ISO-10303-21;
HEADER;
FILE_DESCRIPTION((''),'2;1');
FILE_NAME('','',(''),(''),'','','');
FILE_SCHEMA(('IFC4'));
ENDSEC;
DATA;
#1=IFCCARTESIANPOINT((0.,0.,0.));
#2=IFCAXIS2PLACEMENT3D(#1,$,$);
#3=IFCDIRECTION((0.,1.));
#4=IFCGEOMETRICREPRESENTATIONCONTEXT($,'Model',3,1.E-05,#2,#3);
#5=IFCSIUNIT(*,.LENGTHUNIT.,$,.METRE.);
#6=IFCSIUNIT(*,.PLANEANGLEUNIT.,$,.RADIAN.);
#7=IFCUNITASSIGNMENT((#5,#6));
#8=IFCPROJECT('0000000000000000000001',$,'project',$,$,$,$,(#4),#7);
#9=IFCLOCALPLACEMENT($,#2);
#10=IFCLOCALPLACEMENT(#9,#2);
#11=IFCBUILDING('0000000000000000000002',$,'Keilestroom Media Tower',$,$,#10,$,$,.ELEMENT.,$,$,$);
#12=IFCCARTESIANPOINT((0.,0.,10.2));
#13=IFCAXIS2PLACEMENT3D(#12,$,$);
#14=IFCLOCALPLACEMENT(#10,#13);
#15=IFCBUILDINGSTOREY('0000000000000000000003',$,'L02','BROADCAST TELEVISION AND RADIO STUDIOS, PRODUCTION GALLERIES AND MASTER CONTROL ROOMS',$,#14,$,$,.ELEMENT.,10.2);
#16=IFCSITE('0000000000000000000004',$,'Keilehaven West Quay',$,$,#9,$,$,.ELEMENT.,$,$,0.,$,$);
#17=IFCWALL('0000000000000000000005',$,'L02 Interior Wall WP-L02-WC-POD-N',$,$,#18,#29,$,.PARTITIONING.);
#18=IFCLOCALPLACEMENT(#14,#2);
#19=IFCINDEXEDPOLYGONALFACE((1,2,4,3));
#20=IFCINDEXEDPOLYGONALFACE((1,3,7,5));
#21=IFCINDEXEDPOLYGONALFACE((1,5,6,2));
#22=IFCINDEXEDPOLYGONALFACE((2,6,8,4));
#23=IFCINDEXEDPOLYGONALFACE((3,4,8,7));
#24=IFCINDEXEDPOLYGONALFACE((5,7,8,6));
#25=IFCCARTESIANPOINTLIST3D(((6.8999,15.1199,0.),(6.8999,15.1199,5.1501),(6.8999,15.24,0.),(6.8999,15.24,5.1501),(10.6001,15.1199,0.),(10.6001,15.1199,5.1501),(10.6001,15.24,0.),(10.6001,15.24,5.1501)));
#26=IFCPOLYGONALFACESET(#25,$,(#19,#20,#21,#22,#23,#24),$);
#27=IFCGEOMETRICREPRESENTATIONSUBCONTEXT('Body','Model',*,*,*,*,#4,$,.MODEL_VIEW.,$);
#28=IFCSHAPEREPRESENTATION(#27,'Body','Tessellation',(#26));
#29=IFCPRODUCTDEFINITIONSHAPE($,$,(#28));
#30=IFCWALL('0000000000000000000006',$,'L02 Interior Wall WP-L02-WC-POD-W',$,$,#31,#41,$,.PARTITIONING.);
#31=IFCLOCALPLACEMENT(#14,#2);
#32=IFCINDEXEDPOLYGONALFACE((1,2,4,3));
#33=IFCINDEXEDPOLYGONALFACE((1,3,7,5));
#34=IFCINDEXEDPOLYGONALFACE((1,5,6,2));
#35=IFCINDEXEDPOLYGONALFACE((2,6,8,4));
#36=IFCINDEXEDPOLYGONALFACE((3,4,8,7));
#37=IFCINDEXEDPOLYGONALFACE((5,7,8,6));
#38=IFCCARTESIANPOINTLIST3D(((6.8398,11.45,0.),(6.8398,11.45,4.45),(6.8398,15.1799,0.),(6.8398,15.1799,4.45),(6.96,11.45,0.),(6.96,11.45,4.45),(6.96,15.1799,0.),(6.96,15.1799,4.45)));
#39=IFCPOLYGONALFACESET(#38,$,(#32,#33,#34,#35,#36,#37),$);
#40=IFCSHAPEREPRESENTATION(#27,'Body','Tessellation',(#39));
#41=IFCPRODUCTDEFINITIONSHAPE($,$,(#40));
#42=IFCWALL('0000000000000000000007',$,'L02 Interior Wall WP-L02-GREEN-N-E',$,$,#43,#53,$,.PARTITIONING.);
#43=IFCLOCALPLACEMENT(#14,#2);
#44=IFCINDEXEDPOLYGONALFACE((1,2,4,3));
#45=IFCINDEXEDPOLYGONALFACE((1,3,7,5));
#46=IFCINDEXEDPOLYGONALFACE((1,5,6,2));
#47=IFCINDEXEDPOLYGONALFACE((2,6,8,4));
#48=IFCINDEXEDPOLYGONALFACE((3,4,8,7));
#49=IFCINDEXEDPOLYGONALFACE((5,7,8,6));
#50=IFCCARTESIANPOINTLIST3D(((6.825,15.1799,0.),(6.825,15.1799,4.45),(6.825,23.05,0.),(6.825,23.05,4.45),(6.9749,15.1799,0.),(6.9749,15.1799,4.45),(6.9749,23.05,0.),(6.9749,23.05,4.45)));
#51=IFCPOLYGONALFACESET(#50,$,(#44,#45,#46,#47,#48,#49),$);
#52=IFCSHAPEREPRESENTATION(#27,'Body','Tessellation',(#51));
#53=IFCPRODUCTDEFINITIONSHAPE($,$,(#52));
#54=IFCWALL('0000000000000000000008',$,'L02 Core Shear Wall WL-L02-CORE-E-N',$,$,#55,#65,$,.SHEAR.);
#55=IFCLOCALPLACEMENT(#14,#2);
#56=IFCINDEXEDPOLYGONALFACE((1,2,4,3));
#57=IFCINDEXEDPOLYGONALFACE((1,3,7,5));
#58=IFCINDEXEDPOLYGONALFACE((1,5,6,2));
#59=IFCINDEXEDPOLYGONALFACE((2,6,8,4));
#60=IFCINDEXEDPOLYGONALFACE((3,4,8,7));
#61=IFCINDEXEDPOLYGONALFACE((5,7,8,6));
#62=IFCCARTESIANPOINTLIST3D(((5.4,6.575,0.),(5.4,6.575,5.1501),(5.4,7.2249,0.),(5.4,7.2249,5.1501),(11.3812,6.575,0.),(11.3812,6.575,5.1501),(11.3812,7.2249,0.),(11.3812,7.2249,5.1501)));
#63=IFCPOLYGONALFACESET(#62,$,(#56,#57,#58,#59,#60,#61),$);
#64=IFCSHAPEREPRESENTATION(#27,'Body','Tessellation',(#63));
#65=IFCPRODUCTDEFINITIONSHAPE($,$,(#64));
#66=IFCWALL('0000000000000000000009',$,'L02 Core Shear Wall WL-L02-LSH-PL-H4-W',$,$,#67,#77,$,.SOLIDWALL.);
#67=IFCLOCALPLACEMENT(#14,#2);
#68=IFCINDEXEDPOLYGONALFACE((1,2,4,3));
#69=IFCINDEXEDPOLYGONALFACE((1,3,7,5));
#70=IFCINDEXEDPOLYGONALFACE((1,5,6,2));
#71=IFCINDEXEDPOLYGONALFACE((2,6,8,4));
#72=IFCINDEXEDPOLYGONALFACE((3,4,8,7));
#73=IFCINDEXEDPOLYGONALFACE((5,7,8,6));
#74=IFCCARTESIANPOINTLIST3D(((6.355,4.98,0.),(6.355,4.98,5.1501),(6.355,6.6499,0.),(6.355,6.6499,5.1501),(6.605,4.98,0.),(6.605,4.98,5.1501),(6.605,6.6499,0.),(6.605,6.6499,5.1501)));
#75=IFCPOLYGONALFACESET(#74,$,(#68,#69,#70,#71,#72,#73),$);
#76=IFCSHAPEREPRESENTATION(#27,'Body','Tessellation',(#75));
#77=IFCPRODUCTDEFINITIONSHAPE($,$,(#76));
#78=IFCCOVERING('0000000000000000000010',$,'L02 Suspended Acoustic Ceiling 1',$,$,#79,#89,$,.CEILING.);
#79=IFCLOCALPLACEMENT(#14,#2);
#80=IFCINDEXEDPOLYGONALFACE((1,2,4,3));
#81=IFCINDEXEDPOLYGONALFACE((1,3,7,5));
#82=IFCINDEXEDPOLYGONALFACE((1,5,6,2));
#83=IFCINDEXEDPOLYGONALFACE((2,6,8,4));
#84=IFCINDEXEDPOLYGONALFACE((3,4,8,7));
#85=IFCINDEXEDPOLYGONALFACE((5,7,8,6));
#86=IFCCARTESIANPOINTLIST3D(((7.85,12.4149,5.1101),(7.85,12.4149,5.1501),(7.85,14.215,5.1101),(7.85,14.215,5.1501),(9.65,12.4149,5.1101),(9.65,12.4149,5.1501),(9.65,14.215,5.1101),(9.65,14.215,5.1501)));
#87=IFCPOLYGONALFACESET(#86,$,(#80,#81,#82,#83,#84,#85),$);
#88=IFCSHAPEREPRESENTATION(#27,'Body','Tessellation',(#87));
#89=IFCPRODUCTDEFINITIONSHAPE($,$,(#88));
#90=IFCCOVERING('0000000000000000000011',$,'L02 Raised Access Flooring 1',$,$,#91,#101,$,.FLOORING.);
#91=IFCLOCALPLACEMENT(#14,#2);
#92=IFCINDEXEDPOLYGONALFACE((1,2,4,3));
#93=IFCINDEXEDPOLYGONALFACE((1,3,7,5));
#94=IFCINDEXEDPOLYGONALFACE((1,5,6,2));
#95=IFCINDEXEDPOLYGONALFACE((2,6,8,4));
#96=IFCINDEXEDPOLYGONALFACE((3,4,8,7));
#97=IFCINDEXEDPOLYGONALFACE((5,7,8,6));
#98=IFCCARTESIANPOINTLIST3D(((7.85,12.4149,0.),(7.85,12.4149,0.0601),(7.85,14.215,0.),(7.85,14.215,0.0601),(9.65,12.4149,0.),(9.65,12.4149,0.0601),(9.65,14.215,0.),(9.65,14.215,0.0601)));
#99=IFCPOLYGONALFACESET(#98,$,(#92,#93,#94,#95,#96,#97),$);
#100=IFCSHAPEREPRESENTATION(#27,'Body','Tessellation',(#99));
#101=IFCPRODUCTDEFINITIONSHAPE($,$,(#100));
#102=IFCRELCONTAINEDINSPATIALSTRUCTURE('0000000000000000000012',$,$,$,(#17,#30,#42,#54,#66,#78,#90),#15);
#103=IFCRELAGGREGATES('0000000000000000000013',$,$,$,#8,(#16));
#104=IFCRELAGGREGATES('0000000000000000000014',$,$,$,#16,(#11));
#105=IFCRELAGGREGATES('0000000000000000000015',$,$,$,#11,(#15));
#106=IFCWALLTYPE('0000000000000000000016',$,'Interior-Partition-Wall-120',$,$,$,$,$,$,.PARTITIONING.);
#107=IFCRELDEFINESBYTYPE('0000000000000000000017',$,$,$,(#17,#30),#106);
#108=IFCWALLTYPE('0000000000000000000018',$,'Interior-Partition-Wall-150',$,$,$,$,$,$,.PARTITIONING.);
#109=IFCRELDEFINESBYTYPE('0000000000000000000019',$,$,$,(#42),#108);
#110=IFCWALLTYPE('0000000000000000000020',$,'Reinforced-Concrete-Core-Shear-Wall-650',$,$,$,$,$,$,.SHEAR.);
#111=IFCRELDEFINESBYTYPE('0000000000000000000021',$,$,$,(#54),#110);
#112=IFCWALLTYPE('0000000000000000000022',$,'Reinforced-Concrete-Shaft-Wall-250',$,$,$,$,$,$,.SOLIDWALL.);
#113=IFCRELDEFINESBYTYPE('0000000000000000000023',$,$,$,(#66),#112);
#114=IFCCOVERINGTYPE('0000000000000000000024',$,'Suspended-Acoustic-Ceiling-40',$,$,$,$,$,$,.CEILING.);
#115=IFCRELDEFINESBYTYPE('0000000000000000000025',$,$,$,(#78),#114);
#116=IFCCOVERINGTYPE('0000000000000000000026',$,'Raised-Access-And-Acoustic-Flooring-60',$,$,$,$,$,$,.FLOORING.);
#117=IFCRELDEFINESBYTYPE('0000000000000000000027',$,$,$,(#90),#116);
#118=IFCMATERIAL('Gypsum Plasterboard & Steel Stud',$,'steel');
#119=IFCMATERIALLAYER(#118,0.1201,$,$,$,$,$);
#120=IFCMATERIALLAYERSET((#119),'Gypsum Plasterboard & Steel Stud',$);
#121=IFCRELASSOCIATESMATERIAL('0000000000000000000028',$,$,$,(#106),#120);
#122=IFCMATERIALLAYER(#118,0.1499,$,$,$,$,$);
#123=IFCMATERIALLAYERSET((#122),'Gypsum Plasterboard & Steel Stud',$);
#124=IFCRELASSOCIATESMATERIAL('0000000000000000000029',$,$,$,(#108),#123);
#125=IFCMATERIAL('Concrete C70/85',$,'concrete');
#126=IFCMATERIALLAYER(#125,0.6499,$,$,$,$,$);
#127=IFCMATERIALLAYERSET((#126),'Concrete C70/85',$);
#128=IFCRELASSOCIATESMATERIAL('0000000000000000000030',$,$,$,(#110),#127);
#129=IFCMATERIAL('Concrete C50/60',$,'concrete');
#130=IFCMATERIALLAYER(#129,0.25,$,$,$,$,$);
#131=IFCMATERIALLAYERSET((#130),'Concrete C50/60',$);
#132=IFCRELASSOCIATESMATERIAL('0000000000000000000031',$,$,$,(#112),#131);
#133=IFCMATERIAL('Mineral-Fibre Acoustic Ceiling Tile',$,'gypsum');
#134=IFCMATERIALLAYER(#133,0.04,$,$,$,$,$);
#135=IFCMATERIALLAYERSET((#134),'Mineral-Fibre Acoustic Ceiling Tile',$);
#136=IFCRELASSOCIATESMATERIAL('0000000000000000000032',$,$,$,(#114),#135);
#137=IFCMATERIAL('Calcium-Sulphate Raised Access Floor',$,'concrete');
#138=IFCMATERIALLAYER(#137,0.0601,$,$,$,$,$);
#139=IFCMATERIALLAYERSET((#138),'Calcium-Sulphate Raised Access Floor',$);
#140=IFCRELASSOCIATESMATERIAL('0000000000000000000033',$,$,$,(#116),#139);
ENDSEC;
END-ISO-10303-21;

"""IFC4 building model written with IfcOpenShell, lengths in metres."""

from ifc_helpers import new_model, si_unit, direction, frame, frame_2d, origin, origin_2d, place, context, subcontext, project, spatial, rectangle, extrude, source, transform, mapped, material, layer, layer_set, type_object, element, save


model = new_model("IFC4")

# Units and contexts
model_context = context("Model", 3, precision=1e-05, world=origin(), true_north=direction((0.0, 1.0)))
body_context = subcontext(model_context, "Body", "Model", "MODEL_VIEW")
ifc_project = project(units=[si_unit("LENGTHUNIT", "METRE"), si_unit("PLANEANGLEUNIT", "RADIAN")], contexts=[model_context])

# Site, building, storey
site_placement = place(None, origin())
site = spatial("IfcSite", under=ifc_project, at=site_placement, Name="Keilehaven West Quay", CompositionType="ELEMENT", RefElevation=0.0)
building_placement = place(site_placement, origin())
building = spatial("IfcBuilding", under=site, at=building_placement, Name="Keilestroom Media Tower", CompositionType="ELEMENT")
storey_placement = place(building_placement, frame((0.0, 0.0, 10.2)))
storey = spatial("IfcBuildingStorey", under=building, at=storey_placement, Name="L02", Description="BROADCAST TELEVISION AND RADIO STUDIOS, PRODUCTION GALLERIES AND MASTER CONTROL ROOMS", CompositionType="ELEMENT", Elevation=10.2)

# Shared definitions
ifc_material_1 = material(Name="Gypsum Plasterboard & Steel Stud", Category="steel")
ifc_layer_1 = layer(ifc_material_1, 0.1201)
ifc_layer_set_1 = layer_set([ifc_layer_1], Name="Gypsum Plasterboard & Steel Stud")
wall_type_1 = type_object("IfcWallType", Name="Interior-Partition-Wall-120", PredefinedType="PARTITIONING", material=ifc_layer_set_1)

# Walls
wall_1_placement = place(storey_placement, frame((6.8999, 15.1799, 0.0), z_axis=(0.0, 0.0, 1.0), x_axis=(1.0, 0.0, 0.0)))
element("IfcWall", 1, at=wall_1_placement, inside=storey, type_object=wall_type_1, Name="L02 Interior Wall WP-L02-WC-POD-N", PredefinedType="PARTITIONING", context=body_context, shape_type="SweptSolid", body=[
    extrude(rectangle(XDim=3.7002, YDim=0.1201, at=frame_2d((1.8501, 0.0))), origin(), (0.0, 0.0, 1.0), 5.1501),
])
wall_2_placement = place(storey_placement, frame((6.8999, 11.45, 0.0), z_axis=(0.0, 0.0, 1.0), x_axis=(0.0, 1.0, 0.0)))
element("IfcWall", 2, at=wall_2_placement, inside=storey, type_object=wall_type_1, Name="L02 Interior Wall WP-L02-WC-POD-W", PredefinedType="PARTITIONING", context=body_context, shape_type="SweptSolid", body=[
    extrude(rectangle(XDim=3.73, YDim=0.1201, at=frame_2d((1.865, 0.0))), origin(), (0.0, 0.0, 1.0), 4.45),
])
ifc_layer_2 = layer(ifc_material_1, 0.1499)
ifc_layer_set_2 = layer_set([ifc_layer_2], Name="Gypsum Plasterboard & Steel Stud")
wall_type_2 = type_object("IfcWallType", Name="Interior-Partition-Wall-150", PredefinedType="PARTITIONING", material=ifc_layer_set_2)
wall_3_placement = place(storey_placement, frame((6.8999, 15.1799, 0.0), z_axis=(0.0, 0.0, 1.0), x_axis=(0.0, 1.0, 0.0)))
element("IfcWall", 3, at=wall_3_placement, inside=storey, type_object=wall_type_2, Name="L02 Interior Wall WP-L02-GREEN-N-E", PredefinedType="PARTITIONING", context=body_context, shape_type="SweptSolid", body=[
    extrude(rectangle(XDim=7.8701, YDim=0.1499, at=frame_2d((3.9351, 0.0))), origin(), (0.0, 0.0, 1.0), 4.45),
])
ifc_material_2 = material(Name="Concrete C70/85", Category="concrete")
ifc_layer_3 = layer(ifc_material_2, 0.6499)
ifc_layer_set_3 = layer_set([ifc_layer_3], Name="Concrete C70/85")
wall_type_3 = type_object("IfcWallType", Name="Reinforced-Concrete-Core-Shear-Wall-650", PredefinedType="SHEAR", material=ifc_layer_set_3)
wall_4_placement = place(storey_placement, frame((5.3999, 6.8999, 0.0), z_axis=(0.0, 0.0, 1.0), x_axis=(1.0, 0.0, 0.0)))
element("IfcWall", 4, at=wall_4_placement, inside=storey, type_object=wall_type_3, Name="L02 Core Shear Wall WL-L02-CORE-E-N", PredefinedType="SHEAR", context=body_context, shape_type="SweptSolid", body=[
    extrude(rectangle(XDim=5.9812, YDim=0.6499, at=frame_2d((2.9907, 0.0))), origin(), (0.0, 0.0, 1.0), 5.1501),
])
ifc_material_3 = material(Name="Concrete C50/60", Category="concrete")
ifc_layer_4 = layer(ifc_material_3, 0.25)
ifc_layer_set_4 = layer_set([ifc_layer_4], Name="Concrete C50/60")
wall_type_4 = type_object("IfcWallType", Name="Reinforced-Concrete-Shaft-Wall-250", PredefinedType="SOLIDWALL", material=ifc_layer_set_4)
wall_5_placement = place(storey_placement, frame((6.48, 4.98, 0.0), z_axis=(0.0, 0.0, 1.0), x_axis=(0.0, 1.0, 0.0)))
element("IfcWall", 5, at=wall_5_placement, inside=storey, type_object=wall_type_4, Name="L02 Core Shear Wall WL-L02-LSH-PL-H4-W", PredefinedType="SOLIDWALL", context=body_context, shape_type="SweptSolid", body=[
    extrude(rectangle(XDim=1.6699, YDim=0.25, at=frame_2d((0.835, 0.0))), origin(), (0.0, 0.0, 1.0), 5.1501),
])

# Coverings
ifc_material_4 = material(Name="Mineral-Fibre Acoustic Ceiling Tile", Category="gypsum")
ifc_layer_5 = layer(ifc_material_4, 0.04)
ifc_layer_set_5 = layer_set([ifc_layer_5], Name="Mineral-Fibre Acoustic Ceiling Tile")
covering_type_1 = type_object("IfcCoveringType", Name="Suspended-Acoustic-Ceiling-40", PredefinedType="CEILING", material=ifc_layer_set_5)
shared_shape_1 = source(origin(), body_context, "Body", "SweptSolid", [
    extrude(rectangle(XDim=1.8, YDim=1.8, at=origin_2d()), origin(), (0.0, 0.0, 1.0), 0.04),
])
covering_1_placement = place(storey_placement, frame((8.75, 13.3149, 5.1101), z_axis=(0.0, 0.0, 1.0), x_axis=(1.0, 0.0, 0.0)))
element("IfcCovering", 6, at=covering_1_placement, inside=storey, type_object=covering_type_1, Name="L02 Suspended Acoustic Ceiling 1", PredefinedType="CEILING", context=body_context, shape_type="MappedRepresentation", body=[
    mapped(shared_shape_1, transform((0.0, 0.0, 0.0), x_axis=(1.0, 0.0, 0.0), y_axis=(0.0, 1.0, 0.0), z_axis=(0.0, 0.0, 1.0), scale=1.0)),
])
ifc_material_5 = material(Name="Calcium-Sulphate Raised Access Floor", Category="concrete")
ifc_layer_6 = layer(ifc_material_5, 0.0601)
ifc_layer_set_6 = layer_set([ifc_layer_6], Name="Calcium-Sulphate Raised Access Floor")
covering_type_2 = type_object("IfcCoveringType", Name="Raised-Access-And-Acoustic-Flooring-60", PredefinedType="FLOORING", material=ifc_layer_set_6)
shared_shape_2 = source(origin(), body_context, "Body", "SweptSolid", [
    extrude(rectangle(XDim=1.8, YDim=1.8, at=origin_2d()), origin(), (0.0, 0.0, 1.0), 0.0601),
])
covering_2_placement = place(storey_placement, frame((8.75, 13.3149, 0.0), z_axis=(0.0, 0.0, 1.0), x_axis=(1.0, 0.0, 0.0)))
element("IfcCovering", 7, at=covering_2_placement, inside=storey, type_object=covering_type_2, Name="L02 Raised Access Flooring 1", PredefinedType="FLOORING", context=body_context, shape_type="MappedRepresentation", body=[
    mapped(shared_shape_2, transform((0.0, 0.0, 0.0), x_axis=(1.0, 0.0, 0.0), y_axis=(0.0, 1.0, 0.0), z_axis=(0.0, 0.0, 1.0), scale=1.0)),
])

save(model, "model.ifc")
